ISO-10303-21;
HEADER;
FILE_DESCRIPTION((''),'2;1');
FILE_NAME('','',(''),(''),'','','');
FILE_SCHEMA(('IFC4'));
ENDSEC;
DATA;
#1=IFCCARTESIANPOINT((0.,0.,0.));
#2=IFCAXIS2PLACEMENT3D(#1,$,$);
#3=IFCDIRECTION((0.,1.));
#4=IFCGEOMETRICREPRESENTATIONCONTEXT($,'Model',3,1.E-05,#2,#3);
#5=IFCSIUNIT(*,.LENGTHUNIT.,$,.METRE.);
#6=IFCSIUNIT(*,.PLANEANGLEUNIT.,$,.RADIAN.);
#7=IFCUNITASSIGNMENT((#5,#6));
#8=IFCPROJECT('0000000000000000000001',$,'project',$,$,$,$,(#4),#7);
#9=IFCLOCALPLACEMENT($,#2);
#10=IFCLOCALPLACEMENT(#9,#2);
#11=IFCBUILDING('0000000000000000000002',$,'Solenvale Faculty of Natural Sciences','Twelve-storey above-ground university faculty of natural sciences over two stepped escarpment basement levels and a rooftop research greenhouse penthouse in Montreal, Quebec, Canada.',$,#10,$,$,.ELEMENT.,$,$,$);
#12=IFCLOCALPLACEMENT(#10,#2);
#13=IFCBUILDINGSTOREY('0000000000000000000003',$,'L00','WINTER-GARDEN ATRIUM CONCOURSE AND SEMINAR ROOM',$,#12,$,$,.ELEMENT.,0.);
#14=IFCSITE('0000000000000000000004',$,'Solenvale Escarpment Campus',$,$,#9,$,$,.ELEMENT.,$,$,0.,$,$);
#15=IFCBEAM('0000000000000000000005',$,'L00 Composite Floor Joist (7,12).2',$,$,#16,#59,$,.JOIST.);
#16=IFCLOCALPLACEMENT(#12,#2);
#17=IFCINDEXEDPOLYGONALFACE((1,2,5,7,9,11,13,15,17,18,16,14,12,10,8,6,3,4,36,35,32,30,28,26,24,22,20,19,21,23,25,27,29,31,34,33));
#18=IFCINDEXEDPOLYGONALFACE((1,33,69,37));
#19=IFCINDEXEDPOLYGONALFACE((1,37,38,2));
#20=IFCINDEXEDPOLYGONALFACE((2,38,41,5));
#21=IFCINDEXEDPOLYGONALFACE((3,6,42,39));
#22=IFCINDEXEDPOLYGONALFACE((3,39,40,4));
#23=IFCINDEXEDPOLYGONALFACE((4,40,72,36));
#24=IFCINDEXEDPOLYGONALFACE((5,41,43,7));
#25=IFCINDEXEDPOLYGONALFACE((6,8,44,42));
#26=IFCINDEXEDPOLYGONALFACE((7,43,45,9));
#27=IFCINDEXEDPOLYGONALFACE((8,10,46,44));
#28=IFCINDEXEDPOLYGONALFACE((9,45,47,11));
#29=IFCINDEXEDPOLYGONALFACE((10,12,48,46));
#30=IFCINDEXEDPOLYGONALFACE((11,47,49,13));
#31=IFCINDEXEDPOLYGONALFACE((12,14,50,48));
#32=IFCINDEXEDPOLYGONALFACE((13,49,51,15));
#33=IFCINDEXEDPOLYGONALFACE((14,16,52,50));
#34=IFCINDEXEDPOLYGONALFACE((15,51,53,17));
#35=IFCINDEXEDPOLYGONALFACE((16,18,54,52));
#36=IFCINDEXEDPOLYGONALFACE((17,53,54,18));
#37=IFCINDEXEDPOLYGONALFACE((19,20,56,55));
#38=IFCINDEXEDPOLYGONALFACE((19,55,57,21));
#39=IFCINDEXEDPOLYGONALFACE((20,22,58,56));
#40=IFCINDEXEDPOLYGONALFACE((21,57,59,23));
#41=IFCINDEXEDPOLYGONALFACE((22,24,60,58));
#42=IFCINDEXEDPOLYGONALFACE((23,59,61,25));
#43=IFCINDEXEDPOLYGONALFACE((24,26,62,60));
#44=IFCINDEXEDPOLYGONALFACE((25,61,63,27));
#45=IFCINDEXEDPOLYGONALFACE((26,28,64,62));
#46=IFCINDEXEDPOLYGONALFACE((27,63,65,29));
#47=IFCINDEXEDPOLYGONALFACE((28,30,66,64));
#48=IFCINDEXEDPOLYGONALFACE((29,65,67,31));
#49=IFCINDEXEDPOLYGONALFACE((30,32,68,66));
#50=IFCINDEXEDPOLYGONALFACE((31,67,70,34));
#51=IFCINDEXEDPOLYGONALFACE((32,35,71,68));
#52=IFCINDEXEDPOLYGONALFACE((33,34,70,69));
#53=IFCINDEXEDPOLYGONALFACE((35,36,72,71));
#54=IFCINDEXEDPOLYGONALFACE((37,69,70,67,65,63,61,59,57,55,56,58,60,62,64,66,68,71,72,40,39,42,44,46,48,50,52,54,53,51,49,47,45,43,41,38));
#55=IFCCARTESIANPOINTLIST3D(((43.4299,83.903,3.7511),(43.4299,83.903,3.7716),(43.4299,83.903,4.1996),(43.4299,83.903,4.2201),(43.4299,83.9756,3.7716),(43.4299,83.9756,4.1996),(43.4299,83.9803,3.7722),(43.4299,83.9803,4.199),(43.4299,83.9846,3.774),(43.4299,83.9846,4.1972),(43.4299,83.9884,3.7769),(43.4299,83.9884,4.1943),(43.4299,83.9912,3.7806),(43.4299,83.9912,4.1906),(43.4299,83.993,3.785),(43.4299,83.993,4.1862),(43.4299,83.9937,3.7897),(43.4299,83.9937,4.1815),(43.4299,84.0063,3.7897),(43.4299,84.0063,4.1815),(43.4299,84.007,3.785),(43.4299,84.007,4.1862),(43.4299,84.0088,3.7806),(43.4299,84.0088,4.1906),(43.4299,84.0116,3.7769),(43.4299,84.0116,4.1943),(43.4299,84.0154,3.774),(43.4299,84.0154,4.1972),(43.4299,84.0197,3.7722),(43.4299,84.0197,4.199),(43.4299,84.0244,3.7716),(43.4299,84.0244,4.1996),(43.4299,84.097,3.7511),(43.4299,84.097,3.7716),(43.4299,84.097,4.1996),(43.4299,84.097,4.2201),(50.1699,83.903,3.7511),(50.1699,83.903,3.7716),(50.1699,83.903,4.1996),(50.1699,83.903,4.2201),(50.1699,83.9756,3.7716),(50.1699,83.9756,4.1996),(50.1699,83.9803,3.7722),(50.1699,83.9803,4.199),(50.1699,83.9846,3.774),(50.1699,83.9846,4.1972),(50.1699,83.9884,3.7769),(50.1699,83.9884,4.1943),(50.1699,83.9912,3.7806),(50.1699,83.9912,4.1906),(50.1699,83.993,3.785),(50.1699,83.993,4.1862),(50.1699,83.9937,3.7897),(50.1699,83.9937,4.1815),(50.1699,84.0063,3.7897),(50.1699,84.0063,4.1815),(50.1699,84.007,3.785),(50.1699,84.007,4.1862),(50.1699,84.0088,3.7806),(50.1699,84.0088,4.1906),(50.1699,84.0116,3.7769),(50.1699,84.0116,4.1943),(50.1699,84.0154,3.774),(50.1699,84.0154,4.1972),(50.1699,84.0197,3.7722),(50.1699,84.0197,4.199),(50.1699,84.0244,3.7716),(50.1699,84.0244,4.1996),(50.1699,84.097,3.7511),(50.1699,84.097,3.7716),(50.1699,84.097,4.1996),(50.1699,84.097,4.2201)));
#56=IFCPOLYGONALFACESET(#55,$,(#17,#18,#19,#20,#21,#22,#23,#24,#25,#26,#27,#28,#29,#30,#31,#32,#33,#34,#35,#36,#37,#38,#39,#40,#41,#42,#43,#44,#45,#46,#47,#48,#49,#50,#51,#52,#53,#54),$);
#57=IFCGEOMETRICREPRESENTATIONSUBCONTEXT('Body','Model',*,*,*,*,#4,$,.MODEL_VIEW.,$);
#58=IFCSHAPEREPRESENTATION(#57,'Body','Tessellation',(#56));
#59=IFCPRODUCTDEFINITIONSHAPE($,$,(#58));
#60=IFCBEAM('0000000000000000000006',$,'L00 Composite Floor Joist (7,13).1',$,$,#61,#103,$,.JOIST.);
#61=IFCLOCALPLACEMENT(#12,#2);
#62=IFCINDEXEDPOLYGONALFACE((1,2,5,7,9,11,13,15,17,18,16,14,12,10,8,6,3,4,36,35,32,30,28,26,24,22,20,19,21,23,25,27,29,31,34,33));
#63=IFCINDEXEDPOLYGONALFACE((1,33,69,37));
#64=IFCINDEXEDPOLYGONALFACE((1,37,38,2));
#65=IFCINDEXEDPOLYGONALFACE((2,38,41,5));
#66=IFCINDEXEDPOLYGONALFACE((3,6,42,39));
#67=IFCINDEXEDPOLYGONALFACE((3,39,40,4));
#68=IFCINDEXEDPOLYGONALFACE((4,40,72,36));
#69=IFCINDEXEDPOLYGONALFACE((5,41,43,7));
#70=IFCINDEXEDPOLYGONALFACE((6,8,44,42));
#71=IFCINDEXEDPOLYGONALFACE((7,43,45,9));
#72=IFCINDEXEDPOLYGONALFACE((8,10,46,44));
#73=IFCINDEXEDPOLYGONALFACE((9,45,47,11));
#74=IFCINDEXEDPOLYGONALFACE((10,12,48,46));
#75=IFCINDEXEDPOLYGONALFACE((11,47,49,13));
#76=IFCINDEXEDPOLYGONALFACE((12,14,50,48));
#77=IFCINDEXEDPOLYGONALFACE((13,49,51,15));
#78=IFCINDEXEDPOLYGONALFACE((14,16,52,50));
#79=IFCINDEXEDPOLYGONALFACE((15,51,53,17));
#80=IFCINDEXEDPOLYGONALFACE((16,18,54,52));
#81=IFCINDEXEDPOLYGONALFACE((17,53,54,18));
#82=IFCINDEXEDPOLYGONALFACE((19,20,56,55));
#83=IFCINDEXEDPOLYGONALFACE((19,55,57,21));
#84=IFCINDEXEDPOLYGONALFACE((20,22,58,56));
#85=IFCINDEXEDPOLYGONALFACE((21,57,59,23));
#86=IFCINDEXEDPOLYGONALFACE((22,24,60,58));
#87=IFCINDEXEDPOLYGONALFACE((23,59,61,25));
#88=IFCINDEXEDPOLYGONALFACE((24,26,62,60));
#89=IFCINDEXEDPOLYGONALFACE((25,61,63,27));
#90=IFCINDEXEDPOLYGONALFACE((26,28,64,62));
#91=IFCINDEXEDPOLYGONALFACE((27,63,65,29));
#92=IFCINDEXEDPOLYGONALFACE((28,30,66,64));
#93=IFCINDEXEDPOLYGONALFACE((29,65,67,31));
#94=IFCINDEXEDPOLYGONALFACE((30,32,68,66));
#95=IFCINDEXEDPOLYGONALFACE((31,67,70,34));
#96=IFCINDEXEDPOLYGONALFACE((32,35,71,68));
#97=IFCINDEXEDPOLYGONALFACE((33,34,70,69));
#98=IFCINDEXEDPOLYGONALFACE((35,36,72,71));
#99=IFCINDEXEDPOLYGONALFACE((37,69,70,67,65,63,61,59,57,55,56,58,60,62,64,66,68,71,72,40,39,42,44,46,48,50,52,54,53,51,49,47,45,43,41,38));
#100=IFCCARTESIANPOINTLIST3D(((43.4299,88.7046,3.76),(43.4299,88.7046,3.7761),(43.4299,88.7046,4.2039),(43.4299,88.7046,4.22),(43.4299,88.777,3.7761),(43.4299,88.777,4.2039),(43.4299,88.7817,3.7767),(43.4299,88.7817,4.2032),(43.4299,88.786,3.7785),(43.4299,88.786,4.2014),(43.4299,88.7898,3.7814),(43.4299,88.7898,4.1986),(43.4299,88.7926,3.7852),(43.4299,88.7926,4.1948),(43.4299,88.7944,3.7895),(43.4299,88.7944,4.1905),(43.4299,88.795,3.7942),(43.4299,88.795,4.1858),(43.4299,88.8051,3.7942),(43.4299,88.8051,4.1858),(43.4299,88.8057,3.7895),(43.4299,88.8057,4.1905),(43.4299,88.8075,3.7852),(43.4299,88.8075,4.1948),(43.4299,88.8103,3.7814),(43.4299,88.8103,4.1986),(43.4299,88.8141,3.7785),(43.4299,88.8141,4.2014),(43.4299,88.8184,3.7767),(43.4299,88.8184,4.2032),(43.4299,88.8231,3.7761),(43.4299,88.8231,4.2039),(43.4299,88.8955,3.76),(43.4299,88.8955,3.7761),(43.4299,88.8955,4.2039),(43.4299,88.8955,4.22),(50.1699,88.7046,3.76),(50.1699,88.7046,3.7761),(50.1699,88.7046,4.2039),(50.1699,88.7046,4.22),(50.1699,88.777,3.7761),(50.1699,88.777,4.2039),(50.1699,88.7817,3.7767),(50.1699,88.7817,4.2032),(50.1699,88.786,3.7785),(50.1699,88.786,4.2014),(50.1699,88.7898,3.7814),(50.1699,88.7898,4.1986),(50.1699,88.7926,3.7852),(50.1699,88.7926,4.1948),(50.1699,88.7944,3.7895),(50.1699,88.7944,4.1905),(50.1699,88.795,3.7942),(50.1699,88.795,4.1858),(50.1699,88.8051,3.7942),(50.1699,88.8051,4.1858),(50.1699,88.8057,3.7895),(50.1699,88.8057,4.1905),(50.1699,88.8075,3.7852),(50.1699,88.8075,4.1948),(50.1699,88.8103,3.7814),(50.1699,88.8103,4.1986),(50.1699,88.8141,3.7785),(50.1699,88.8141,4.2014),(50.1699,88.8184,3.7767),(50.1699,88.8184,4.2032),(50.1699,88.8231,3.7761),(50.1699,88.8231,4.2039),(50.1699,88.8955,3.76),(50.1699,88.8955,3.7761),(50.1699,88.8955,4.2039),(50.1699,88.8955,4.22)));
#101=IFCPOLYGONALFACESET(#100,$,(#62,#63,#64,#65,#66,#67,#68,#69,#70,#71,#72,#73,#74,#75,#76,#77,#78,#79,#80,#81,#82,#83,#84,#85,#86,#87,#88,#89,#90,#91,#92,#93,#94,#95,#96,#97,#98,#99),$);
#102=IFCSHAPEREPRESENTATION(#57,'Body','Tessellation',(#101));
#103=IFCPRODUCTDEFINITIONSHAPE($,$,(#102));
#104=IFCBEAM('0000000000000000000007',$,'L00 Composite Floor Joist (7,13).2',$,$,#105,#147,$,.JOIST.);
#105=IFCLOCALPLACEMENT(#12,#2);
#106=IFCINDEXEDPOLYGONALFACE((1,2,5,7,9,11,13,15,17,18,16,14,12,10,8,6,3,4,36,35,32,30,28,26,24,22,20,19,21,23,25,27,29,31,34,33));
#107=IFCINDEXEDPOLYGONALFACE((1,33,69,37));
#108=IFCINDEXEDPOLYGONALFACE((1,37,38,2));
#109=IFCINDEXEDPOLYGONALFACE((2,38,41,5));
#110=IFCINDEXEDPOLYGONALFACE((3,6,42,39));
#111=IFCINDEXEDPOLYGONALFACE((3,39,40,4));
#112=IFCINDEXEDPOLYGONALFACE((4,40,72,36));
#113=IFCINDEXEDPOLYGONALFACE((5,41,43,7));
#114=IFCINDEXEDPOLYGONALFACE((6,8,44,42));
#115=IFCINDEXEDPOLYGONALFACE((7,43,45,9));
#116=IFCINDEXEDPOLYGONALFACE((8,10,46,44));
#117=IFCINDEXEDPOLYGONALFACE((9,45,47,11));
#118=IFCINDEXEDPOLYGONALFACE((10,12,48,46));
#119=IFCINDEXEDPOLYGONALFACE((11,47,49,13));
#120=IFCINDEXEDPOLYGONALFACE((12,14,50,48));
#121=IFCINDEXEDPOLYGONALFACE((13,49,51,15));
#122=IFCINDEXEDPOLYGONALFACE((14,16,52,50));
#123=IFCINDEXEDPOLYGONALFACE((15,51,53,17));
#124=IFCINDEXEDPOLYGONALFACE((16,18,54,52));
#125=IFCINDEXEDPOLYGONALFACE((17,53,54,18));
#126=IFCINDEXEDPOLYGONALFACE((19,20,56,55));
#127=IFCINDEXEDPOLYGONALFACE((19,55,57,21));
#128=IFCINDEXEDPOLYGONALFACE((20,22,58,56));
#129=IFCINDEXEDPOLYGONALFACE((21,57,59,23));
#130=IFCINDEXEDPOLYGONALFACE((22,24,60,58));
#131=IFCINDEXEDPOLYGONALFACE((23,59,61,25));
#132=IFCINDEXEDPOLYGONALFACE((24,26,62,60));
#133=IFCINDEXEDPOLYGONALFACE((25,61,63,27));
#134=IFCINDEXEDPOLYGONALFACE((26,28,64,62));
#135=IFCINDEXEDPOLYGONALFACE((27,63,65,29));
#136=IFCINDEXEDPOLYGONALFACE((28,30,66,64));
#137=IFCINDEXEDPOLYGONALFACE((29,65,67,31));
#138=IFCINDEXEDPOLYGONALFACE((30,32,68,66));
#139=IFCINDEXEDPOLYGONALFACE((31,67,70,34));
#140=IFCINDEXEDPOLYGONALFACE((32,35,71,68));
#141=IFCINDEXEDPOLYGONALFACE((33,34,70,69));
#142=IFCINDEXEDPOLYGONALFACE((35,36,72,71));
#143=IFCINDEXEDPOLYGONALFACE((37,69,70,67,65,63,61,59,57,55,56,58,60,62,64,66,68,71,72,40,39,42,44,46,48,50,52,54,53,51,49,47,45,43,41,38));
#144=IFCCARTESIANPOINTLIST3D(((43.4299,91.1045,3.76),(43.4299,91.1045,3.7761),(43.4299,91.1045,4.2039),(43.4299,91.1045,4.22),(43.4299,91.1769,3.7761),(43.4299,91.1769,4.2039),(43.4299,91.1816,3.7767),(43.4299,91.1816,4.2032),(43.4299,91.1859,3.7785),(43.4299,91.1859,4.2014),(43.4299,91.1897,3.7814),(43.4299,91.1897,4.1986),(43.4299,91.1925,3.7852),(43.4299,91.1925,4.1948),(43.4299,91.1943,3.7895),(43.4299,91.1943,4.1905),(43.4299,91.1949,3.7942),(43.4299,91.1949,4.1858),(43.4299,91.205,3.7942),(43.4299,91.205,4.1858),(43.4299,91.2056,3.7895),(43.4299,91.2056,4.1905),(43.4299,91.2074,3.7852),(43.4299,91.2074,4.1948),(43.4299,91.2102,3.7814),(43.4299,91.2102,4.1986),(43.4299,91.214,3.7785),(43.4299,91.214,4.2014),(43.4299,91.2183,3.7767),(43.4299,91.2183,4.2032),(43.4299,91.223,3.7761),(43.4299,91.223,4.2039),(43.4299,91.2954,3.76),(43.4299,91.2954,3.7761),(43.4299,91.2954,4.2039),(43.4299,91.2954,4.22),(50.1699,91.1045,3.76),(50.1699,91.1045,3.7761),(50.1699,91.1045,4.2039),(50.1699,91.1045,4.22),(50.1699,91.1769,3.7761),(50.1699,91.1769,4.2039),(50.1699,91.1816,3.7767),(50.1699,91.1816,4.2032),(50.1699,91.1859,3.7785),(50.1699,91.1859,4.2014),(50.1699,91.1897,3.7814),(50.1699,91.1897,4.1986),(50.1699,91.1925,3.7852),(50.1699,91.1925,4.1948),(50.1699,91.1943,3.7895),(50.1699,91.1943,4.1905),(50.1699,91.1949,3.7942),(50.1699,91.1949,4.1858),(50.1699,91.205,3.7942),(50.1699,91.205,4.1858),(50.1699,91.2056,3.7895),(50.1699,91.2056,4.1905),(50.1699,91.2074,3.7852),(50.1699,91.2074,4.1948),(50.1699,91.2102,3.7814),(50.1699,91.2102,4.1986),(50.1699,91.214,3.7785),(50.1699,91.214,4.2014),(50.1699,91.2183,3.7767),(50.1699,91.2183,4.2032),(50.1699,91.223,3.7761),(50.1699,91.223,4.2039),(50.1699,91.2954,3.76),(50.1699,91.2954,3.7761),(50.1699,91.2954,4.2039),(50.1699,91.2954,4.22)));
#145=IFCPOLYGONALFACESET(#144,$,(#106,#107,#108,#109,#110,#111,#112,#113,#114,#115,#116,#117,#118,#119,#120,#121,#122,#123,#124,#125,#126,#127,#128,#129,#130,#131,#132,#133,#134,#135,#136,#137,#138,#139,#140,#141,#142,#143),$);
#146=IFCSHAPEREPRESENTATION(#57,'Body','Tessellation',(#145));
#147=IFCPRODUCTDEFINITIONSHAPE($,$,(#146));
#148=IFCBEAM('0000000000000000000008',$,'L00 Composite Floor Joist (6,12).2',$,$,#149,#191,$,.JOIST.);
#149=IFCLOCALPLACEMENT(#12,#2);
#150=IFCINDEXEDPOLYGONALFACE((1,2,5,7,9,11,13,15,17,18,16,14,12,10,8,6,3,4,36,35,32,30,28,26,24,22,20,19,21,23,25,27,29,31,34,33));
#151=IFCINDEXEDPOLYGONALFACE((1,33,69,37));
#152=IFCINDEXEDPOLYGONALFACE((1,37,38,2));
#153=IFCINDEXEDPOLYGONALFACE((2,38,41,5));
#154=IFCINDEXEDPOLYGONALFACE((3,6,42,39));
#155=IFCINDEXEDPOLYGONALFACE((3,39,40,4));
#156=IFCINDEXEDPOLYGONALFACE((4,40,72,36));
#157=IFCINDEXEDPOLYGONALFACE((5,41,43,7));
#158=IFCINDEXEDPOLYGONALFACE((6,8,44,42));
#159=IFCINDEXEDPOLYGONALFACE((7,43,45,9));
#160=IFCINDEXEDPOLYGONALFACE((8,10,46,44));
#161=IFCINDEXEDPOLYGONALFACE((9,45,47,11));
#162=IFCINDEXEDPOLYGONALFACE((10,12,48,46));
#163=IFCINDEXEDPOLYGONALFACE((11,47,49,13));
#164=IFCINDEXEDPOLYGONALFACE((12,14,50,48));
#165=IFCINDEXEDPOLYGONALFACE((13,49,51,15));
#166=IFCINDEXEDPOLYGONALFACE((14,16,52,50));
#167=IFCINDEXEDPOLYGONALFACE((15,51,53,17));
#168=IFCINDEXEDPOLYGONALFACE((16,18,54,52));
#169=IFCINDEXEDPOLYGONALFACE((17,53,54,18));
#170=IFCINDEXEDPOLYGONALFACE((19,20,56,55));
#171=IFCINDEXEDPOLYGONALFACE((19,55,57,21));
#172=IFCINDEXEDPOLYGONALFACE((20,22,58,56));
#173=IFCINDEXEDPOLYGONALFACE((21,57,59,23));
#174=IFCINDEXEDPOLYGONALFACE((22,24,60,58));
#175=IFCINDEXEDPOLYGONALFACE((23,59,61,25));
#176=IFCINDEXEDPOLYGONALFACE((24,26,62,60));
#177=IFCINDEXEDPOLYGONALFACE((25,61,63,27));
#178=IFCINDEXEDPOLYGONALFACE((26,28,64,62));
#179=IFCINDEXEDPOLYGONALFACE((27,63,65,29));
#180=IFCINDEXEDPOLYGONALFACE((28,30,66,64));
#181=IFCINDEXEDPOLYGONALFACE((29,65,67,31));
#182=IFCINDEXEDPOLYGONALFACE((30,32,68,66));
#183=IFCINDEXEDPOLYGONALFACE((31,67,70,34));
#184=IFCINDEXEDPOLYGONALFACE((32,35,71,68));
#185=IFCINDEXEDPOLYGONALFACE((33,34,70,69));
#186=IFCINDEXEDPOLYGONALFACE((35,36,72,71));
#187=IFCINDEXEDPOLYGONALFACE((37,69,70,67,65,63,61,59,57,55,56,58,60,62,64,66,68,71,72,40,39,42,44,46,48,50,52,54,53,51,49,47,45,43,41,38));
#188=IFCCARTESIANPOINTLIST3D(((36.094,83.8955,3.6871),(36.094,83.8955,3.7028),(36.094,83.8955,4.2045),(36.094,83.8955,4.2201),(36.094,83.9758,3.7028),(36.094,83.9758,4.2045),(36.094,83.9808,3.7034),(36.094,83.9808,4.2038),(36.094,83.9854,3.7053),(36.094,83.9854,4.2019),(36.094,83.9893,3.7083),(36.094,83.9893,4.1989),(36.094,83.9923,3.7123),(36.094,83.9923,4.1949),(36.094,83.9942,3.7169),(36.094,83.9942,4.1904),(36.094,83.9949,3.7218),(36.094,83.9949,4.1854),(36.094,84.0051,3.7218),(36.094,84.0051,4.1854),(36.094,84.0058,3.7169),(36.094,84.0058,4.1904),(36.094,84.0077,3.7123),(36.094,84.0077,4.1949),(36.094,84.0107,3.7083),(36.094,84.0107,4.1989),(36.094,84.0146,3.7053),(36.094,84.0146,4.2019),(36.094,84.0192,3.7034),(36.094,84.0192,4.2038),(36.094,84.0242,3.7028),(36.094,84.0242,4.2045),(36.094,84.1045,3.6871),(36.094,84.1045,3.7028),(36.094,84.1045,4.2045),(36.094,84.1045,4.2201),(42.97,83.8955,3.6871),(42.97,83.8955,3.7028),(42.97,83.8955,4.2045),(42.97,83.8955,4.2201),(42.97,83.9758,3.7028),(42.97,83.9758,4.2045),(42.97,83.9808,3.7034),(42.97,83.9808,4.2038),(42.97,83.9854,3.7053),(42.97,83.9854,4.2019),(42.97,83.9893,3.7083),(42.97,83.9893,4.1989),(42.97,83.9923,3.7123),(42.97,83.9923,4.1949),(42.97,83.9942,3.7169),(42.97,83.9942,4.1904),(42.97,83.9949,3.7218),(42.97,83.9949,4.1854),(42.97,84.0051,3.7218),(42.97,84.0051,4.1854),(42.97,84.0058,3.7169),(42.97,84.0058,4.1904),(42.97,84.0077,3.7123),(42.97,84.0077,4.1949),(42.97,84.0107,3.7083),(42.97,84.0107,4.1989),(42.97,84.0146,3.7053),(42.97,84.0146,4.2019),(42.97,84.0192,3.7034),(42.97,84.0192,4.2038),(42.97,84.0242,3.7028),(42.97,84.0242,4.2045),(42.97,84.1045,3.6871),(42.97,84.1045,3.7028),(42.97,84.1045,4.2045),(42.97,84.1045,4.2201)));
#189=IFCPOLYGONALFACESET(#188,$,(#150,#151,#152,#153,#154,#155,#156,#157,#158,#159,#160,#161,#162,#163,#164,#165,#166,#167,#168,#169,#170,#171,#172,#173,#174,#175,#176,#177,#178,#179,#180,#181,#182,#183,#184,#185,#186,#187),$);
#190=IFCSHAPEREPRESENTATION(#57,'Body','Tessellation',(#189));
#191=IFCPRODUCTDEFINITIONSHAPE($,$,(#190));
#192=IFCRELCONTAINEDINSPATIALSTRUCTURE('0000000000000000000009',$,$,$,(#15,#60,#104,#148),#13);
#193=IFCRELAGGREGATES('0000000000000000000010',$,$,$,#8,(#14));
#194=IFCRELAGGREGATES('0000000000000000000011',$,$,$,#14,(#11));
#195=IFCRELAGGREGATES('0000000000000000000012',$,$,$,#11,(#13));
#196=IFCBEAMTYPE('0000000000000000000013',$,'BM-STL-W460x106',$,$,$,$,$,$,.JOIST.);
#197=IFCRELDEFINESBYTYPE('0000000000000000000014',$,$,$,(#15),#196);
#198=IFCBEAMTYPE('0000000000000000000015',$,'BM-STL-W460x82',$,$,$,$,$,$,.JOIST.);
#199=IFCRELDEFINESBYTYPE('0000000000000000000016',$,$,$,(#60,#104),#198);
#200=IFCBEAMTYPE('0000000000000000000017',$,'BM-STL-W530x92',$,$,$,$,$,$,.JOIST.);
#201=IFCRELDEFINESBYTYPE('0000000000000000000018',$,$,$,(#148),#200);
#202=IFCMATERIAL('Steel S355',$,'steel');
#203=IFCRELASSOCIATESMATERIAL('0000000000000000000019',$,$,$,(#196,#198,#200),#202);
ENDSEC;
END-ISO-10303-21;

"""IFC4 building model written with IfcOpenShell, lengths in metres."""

from ifc_helpers import new_model, si_unit, direction, frame, origin, origin_2d, place, context, subcontext, project, spatial, i_section, extrude, material, material_profile, profile_set, type_object, element, save


model = new_model("IFC4")

# Units and contexts
model_context = context("Model", 3, precision=1e-05, world=origin(), true_north=direction((0.0, 1.0)))
body_context = subcontext(model_context, "Body", "Model", "MODEL_VIEW")
ifc_project = project(units=[si_unit("LENGTHUNIT", "METRE"), si_unit("PLANEANGLEUNIT", "RADIAN")], contexts=[model_context])

# Site, building, storey
site_placement = place(None, origin())
site = spatial("IfcSite", under=ifc_project, at=site_placement, Name="Solenvale Escarpment Campus", CompositionType="ELEMENT", RefElevation=0.0)
building_placement = place(site_placement, origin())
building = spatial("IfcBuilding", under=site, at=building_placement, Name="Solenvale Faculty of Natural Sciences", Description="Twelve-storey above-ground university faculty of natural sciences over two stepped escarpment basement levels and a rooftop research greenhouse penthouse in Montreal, Quebec, Canada.", CompositionType="ELEMENT")
storey_placement = place(building_placement, origin())
storey = spatial("IfcBuildingStorey", under=building, at=storey_placement, Name="L00", Description="WINTER-GARDEN ATRIUM CONCOURSE AND SEMINAR ROOM", CompositionType="ELEMENT", Elevation=0.0)

# Beams
ifc_material_1 = material(Name="Steel S355", Category="steel")
ifc_material_profile_1 = material_profile(ifc_material_1, i_section(OverallWidth=0.1941, OverallDepth=0.469, WebThickness=0.0127, FlangeThickness=0.0205, FilletRadius=0.0181, at=origin_2d()), Name="W460x106")
ifc_profile_set_1 = profile_set([ifc_material_profile_1], Name="Steel S355")
beam_type_1 = type_object("IfcBeamType", Name="BM-STL-W460x106", PredefinedType="JOIST", material=ifc_profile_set_1)
beam_1_placement = place(storey_placement, frame((43.4299, 84.0, 3.9856), z_axis=(1.0, 0.0, 0.0), x_axis=(0.0, 1.0, 0.0)))
element("IfcBeam", 1, at=beam_1_placement, inside=storey, type_object=beam_type_1, Name="L00 Composite Floor Joist (7,12).2", PredefinedType="JOIST", context=body_context, shape_type="SweptSolid", body=[
    extrude(i_section(OverallWidth=0.1941, OverallDepth=0.469, WebThickness=0.0127, FlangeThickness=0.0205, FilletRadius=0.0181, at=origin_2d()), origin(), (0.0, 0.0, 1.0), 6.74),
])
ifc_material_profile_2 = material_profile(ifc_material_1, i_section(OverallWidth=0.1909, OverallDepth=0.46, WebThickness=0.01, FlangeThickness=0.0161, FilletRadius=0.0181, at=origin_2d()), Name="W460x82")
ifc_profile_set_2 = profile_set([ifc_material_profile_2], Name="Steel S355")
beam_type_2 = type_object("IfcBeamType", Name="BM-STL-W460x82", PredefinedType="JOIST", material=ifc_profile_set_2)
for number, where, z_axis, x_axis, name in (
    (2, (43.4299, 88.8, 3.99), (1.0, 0.0, 0.0), (0.0, 1.0, 0.0), "L00 Composite Floor Joist (7,13).1"),
    (3, (43.4299, 91.2, 3.99), (1.0, 0.0, 0.0), (0.0, 1.0, 0.0), "L00 Composite Floor Joist (7,13).2"),
):
    element("IfcBeam", number, at=place(storey_placement, frame(where, z_axis=z_axis, x_axis=x_axis)), inside=storey, type_object=beam_type_2, Name=name, PredefinedType="JOIST", context=body_context, shape_type="SweptSolid", body=[
        extrude(i_section(OverallWidth=0.1909, OverallDepth=0.46, WebThickness=0.01, FlangeThickness=0.0161, FilletRadius=0.0181, at=origin_2d()), origin(), (0.0, 0.0, 1.0), 6.74),
    ])
ifc_material_profile_3 = material_profile(ifc_material_1, i_section(OverallWidth=0.209, OverallDepth=0.533, WebThickness=0.0103, FlangeThickness=0.0156, FilletRadius=0.019, at=origin_2d()), Name="W530x92")
ifc_profile_set_3 = profile_set([ifc_material_profile_3], Name="Steel S355")
beam_type_3 = type_object("IfcBeamType", Name="BM-STL-W530x92", PredefinedType="JOIST", material=ifc_profile_set_3)
beam_2_placement = place(storey_placement, frame((36.094, 84.0, 3.9536), z_axis=(1.0, 0.0, 0.0), x_axis=(0.0, 1.0, 0.0)))
element("IfcBeam", 4, at=beam_2_placement, inside=storey, type_object=beam_type_3, Name="L00 Composite Floor Joist (6,12).2", PredefinedType="JOIST", context=body_context, shape_type="SweptSolid", body=[
    extrude(i_section(OverallWidth=0.209, OverallDepth=0.533, WebThickness=0.0103, FlangeThickness=0.0156, FilletRadius=0.019, at=origin_2d()), origin(), (0.0, 0.0, 1.0), 6.876),
])

save(model, "model.ifc")
